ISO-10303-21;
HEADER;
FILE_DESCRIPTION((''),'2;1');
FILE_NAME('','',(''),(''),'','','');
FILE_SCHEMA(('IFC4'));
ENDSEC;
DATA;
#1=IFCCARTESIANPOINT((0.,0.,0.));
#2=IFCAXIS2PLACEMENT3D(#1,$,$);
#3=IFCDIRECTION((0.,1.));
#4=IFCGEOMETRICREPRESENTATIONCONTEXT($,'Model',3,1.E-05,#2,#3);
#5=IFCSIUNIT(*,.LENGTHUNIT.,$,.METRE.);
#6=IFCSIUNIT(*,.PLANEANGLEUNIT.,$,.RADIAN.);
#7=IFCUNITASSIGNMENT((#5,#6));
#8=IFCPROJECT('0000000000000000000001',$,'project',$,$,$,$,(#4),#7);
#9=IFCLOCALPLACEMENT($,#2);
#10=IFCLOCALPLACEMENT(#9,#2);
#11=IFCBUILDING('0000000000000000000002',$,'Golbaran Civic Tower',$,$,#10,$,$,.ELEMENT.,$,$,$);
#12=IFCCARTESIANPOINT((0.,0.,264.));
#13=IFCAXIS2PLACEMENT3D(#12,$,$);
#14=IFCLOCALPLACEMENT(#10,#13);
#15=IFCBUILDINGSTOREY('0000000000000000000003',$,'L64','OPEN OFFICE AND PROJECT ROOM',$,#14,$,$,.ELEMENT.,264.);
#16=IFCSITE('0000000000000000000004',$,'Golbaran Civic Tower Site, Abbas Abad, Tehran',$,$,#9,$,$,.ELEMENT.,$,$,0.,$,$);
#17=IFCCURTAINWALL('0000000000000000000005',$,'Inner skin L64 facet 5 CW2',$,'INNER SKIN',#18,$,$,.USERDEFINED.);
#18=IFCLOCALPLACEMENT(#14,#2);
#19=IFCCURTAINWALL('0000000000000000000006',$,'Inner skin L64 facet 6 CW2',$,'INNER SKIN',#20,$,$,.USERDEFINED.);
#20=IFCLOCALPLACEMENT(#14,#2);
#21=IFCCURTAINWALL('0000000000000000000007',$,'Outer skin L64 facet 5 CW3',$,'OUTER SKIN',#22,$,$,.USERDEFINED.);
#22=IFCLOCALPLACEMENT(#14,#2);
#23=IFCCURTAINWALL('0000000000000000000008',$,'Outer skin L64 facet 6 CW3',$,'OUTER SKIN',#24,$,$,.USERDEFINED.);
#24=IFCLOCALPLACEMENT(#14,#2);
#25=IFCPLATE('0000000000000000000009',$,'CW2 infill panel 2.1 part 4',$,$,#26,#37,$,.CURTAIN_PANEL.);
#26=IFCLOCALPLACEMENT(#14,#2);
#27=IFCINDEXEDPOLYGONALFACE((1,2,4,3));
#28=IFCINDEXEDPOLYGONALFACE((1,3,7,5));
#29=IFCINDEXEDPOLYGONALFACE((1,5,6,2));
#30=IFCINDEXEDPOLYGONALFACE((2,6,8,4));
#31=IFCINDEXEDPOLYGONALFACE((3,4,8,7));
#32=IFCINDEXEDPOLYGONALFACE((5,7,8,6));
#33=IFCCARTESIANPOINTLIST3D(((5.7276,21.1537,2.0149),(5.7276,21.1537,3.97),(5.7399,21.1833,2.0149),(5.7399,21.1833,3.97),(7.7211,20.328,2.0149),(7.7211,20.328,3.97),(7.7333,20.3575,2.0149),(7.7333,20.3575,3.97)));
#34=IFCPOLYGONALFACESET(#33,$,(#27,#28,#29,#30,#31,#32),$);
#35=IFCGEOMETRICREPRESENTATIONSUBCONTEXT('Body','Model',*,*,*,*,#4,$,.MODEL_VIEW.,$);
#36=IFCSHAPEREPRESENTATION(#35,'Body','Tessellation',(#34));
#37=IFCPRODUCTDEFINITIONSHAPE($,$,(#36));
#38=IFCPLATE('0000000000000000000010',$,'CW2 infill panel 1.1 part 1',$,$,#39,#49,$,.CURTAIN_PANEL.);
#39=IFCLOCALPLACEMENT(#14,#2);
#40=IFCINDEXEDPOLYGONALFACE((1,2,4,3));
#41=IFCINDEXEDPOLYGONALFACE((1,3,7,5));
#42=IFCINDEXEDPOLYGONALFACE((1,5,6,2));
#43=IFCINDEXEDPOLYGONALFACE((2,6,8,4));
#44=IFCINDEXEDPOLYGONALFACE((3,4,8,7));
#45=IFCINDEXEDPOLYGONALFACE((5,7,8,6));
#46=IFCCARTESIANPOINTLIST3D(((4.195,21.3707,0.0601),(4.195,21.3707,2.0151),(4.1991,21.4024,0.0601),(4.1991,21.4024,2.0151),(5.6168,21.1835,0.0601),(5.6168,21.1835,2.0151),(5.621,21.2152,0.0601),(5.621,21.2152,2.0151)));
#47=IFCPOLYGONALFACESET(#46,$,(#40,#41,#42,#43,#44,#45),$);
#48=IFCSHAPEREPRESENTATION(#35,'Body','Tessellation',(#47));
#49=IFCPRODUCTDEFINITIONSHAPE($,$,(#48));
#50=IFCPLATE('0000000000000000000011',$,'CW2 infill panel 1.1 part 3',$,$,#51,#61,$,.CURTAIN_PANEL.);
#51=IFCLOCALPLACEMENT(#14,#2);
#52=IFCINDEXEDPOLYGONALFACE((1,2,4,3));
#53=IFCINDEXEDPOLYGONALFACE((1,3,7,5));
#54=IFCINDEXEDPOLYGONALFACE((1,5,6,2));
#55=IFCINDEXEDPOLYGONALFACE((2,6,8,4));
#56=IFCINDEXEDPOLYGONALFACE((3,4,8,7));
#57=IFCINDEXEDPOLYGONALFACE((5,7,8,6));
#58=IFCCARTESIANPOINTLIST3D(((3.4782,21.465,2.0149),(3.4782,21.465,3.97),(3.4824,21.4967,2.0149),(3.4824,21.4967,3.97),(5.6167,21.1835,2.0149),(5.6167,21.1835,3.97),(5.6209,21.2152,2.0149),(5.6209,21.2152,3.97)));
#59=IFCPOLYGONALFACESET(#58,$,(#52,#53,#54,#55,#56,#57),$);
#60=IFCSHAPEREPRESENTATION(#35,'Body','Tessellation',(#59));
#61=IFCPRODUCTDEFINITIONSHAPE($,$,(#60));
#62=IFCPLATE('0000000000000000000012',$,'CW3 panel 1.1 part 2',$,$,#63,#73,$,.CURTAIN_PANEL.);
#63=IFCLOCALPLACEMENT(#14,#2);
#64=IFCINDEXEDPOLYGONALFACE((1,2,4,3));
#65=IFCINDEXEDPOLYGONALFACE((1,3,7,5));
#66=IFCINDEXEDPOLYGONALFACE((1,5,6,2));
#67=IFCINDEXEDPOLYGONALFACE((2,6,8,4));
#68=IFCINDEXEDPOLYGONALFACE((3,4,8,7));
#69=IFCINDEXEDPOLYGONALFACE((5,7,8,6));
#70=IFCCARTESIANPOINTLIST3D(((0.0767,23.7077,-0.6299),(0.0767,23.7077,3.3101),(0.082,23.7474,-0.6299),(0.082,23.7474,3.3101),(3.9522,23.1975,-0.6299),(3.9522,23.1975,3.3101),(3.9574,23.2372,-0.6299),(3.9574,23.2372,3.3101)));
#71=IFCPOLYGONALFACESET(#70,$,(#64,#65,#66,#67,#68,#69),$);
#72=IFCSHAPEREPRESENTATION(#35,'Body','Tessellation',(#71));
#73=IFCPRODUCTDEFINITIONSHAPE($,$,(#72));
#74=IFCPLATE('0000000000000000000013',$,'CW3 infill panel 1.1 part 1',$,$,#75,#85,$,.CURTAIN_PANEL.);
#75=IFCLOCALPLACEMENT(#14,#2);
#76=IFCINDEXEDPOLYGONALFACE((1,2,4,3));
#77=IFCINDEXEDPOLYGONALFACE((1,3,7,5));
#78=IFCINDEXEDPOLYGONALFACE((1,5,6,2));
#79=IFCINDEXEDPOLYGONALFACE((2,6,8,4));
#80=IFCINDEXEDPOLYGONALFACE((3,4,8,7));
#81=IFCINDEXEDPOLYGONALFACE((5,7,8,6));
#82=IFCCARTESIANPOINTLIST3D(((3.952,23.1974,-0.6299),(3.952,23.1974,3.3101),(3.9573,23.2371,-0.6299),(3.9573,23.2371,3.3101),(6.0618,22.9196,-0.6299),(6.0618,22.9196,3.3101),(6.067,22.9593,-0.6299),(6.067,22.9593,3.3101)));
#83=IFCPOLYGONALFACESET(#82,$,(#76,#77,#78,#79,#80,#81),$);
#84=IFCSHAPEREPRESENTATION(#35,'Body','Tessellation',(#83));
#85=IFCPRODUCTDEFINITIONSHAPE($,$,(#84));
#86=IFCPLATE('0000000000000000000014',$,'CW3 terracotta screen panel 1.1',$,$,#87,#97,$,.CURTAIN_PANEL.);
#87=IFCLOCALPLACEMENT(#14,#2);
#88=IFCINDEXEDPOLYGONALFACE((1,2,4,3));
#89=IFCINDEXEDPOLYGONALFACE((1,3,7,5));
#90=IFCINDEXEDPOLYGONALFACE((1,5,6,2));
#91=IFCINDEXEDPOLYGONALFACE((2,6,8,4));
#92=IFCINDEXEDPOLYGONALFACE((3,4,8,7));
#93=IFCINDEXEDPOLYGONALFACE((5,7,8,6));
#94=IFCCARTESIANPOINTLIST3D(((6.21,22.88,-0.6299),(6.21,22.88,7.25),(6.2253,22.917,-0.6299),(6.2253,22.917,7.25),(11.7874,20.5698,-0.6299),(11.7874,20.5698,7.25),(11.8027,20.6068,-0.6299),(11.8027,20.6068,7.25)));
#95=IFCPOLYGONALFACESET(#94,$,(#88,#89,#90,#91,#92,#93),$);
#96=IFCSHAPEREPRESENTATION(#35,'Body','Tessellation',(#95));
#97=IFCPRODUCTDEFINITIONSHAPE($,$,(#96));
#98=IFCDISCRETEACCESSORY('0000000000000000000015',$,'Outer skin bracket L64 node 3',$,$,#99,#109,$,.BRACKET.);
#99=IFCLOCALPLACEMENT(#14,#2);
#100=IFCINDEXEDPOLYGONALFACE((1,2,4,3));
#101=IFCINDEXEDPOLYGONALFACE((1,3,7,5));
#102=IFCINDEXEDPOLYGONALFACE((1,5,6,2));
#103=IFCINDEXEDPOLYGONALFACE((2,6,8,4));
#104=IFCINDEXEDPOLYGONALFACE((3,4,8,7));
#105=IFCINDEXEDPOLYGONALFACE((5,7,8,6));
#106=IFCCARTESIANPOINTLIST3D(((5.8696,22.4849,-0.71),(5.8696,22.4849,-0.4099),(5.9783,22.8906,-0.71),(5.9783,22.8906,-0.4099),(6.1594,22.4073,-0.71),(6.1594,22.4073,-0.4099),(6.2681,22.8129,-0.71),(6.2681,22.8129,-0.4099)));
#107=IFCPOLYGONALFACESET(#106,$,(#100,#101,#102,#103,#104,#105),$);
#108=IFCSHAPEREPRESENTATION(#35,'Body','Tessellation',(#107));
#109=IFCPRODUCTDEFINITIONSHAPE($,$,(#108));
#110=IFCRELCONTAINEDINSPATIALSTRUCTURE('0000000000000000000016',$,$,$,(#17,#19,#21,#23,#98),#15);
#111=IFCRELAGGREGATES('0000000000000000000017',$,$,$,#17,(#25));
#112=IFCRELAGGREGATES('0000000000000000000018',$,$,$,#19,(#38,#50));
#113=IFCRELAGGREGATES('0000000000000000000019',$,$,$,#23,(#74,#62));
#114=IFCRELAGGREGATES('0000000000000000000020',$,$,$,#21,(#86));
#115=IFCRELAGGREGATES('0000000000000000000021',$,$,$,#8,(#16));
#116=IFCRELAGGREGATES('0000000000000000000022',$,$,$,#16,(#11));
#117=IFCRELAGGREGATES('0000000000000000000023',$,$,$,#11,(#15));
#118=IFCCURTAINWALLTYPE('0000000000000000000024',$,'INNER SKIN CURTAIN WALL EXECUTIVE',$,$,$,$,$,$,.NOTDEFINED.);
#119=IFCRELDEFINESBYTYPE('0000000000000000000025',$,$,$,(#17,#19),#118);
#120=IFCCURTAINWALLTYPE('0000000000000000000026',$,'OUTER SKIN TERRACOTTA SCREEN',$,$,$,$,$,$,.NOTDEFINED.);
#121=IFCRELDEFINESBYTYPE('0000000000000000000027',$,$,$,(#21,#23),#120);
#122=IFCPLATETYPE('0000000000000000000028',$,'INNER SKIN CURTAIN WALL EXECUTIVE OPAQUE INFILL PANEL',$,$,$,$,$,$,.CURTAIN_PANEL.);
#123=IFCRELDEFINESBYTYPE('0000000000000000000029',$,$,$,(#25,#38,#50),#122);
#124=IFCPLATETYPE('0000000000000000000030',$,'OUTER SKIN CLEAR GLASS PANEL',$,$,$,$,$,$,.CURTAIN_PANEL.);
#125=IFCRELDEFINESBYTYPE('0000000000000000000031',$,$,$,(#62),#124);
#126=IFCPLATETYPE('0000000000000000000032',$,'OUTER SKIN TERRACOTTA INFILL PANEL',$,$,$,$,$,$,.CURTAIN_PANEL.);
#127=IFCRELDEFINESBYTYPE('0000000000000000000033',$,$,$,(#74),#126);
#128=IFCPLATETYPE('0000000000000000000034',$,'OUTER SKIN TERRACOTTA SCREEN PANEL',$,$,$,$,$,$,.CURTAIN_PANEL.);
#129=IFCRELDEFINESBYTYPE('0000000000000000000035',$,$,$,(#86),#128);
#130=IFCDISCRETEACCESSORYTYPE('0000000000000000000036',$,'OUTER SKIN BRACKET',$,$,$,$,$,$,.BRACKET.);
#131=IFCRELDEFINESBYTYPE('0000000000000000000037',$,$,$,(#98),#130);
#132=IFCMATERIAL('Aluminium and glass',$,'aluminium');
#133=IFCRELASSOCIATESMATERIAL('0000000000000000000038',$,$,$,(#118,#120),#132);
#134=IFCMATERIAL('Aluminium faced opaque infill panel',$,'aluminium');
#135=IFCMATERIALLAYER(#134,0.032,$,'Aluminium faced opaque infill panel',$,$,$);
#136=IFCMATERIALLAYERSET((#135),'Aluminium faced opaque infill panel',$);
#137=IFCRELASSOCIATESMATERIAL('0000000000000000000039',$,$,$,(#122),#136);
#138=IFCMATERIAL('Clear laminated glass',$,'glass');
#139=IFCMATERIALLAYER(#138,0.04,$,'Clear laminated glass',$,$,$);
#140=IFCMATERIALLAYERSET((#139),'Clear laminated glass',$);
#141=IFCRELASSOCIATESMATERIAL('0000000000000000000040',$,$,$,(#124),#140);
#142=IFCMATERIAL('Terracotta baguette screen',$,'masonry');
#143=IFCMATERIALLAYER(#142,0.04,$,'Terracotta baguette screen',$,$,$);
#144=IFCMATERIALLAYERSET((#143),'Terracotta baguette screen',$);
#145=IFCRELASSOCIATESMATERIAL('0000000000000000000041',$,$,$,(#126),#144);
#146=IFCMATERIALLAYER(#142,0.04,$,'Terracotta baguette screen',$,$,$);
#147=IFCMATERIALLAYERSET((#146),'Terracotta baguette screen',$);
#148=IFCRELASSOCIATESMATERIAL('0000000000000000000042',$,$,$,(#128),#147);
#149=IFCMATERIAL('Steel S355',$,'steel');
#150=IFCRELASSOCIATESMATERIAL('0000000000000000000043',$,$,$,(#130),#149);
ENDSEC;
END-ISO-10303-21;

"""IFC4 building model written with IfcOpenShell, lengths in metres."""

from ifc_helpers import new_model, si_unit, direction, frame, origin, origin_2d, place, context, subcontext, project, spatial, rectangle, extrude, material, layer, layer_set, type_object, element, aggregate, save


model = new_model("IFC4")

# Units and contexts
model_context = context("Model", 3, precision=1e-05, world=origin(), true_north=direction((0.0, 1.0)))
body_context = subcontext(model_context, "Body", "Model", "MODEL_VIEW")
ifc_project = project(units=[si_unit("LENGTHUNIT", "METRE"), si_unit("PLANEANGLEUNIT", "RADIAN")], contexts=[model_context])

# Site, building, storey
site_placement = place(None, origin())
site = spatial("IfcSite", under=ifc_project, at=site_placement, Name="Golbaran Civic Tower Site, Abbas Abad, Tehran", CompositionType="ELEMENT", RefElevation=0.0)
building_placement = place(site_placement, origin())
building = spatial("IfcBuilding", under=site, at=building_placement, Name="Golbaran Civic Tower", CompositionType="ELEMENT")
storey_placement = place(building_placement, frame((0.0, 0.0, 264.0)))
storey = spatial("IfcBuildingStorey", under=building, at=storey_placement, Name="L64", Description="OPEN OFFICE AND PROJECT ROOM", CompositionType="ELEMENT", Elevation=264.0)

# Shared definitions
ifc_material_1 = material(Name="Steel S355", Category="steel")

# Curtain wall
ifc_material_2 = material(Name="Aluminium and glass", Category="aluminium")
curtain_wall_type_1 = type_object("IfcCurtainWallType", Name="INNER SKIN CURTAIN WALL EXECUTIVE", PredefinedType="NOTDEFINED", material=ifc_material_2)
curtain_wall_1_placement = place(storey_placement, origin())
curtain_wall_1 = element("IfcCurtainWall", 1, at=curtain_wall_1_placement, inside=storey, type_object=curtain_wall_type_1, Name="Inner skin L64 facet 5 CW2", ObjectType="INNER SKIN", PredefinedType="USERDEFINED")

# Curtain wall
curtain_wall_2_placement = place(storey_placement, origin())
curtain_wall_2 = element("IfcCurtainWall", 2, at=curtain_wall_2_placement, inside=storey, type_object=curtain_wall_type_1, Name="Inner skin L64 facet 6 CW2", ObjectType="INNER SKIN", PredefinedType="USERDEFINED")

# Shared definitions
curtain_wall_type_2 = type_object("IfcCurtainWallType", Name="OUTER SKIN TERRACOTTA SCREEN", PredefinedType="NOTDEFINED", material=ifc_material_2)

# Curtain walls
curtain_wall_3_placement = place(storey_placement, origin())
curtain_wall_3 = element("IfcCurtainWall", 3, at=curtain_wall_3_placement, inside=storey, type_object=curtain_wall_type_2, Name="Outer skin L64 facet 5 CW3", ObjectType="OUTER SKIN", PredefinedType="USERDEFINED")
curtain_wall_4_placement = place(storey_placement, origin())
curtain_wall_4 = element("IfcCurtainWall", 4, at=curtain_wall_4_placement, inside=storey, type_object=curtain_wall_type_2, Name="Outer skin L64 facet 6 CW3", ObjectType="OUTER SKIN", PredefinedType="USERDEFINED")

# Plates
ifc_material_3 = material(Name="Aluminium faced opaque infill panel", Category="aluminium")
ifc_layer_1 = layer(ifc_material_3, 0.032, Name="Aluminium faced opaque infill panel")
ifc_layer_set_1 = layer_set([ifc_layer_1], Name="Aluminium faced opaque infill panel")
plate_type_1 = type_object("IfcPlateType", Name="INNER SKIN CURTAIN WALL EXECUTIVE OPAQUE INFILL PANEL", PredefinedType="CURTAIN_PANEL", material=ifc_layer_set_1)
plate_1_placement = place(storey_placement, frame((6.7305, 20.7556, 2.0149), z_axis=(0.0, 0.0, 1.0), x_axis=(-0.92388, 0.382683, 0.0)))
plate_1 = element("IfcPlate", 5, at=plate_1_placement, type_object=plate_type_1, Name="CW2 infill panel 2.1 part 4", PredefinedType="CURTAIN_PANEL", context=body_context, shape_type="SweptSolid", body=[
    extrude(rectangle(XDim=2.1577, YDim=0.032, at=origin_2d()), origin(), (0.0, 0.0, 1.0), 1.9551),
])
aggregate(curtain_wall_1, [plate_1])
plate_2_placement = place(storey_placement, frame((4.908, 21.293, 0.0601), z_axis=(0.0, 0.0, 1.0), x_axis=(-0.991445, 0.130526, 0.0)))
plate_2 = element("IfcPlate", 6, at=plate_2_placement, type_object=plate_type_1, Name="CW2 infill panel 1.1 part 1", PredefinedType="CURTAIN_PANEL", context=body_context, shape_type="SweptSolid", body=[
    extrude(rectangle(XDim=1.4341, YDim=0.032, at=origin_2d()), origin(), (0.0, 0.0, 1.0), 1.9551),
])
plate_3_placement = place(storey_placement, frame((4.5496, 21.3401, 2.0149), z_axis=(0.0, 0.0, 1.0), x_axis=(-0.991445, 0.130526, 0.0)))
plate_3 = element("IfcPlate", 7, at=plate_3_placement, type_object=plate_type_1, Name="CW2 infill panel 1.1 part 3", PredefinedType="CURTAIN_PANEL", context=body_context, shape_type="SweptSolid", body=[
    extrude(rectangle(XDim=2.157, YDim=0.032, at=origin_2d()), origin(), (0.0, 0.0, 1.0), 1.9551),
])
aggregate(curtain_wall_2, [plate_2, plate_3])
ifc_material_4 = material(Name="Clear laminated glass", Category="glass")
ifc_layer_2 = layer(ifc_material_4, 0.04, Name="Clear laminated glass")
ifc_layer_set_2 = layer_set([ifc_layer_2], Name="Clear laminated glass")
plate_type_2 = type_object("IfcPlateType", Name="OUTER SKIN CLEAR GLASS PANEL", PredefinedType="CURTAIN_PANEL", material=ifc_layer_set_2)
plate_4_placement = place(storey_placement, frame((2.0171, 23.4724, -0.6299), z_axis=(0.0, 0.0, 1.0), x_axis=(-0.991445, 0.130526, 0.0)))
plate_4 = element("IfcPlate", 8, at=plate_4_placement, type_object=plate_type_2, Name="CW3 panel 1.1 part 2", PredefinedType="CURTAIN_PANEL", context=body_context, shape_type="SweptSolid", body=[
    extrude(rectangle(XDim=3.9089, YDim=0.04, at=origin_2d()), origin(), (0.0, 0.0, 1.0), 3.9399),
])
ifc_material_5 = material(Name="Terracotta baguette screen", Category="masonry")
ifc_layer_3 = layer(ifc_material_5, 0.04, Name="Terracotta baguette screen")
ifc_layer_set_3 = layer_set([ifc_layer_3], Name="Terracotta baguette screen")
plate_type_3 = type_object("IfcPlateType", Name="OUTER SKIN TERRACOTTA INFILL PANEL", PredefinedType="CURTAIN_PANEL", material=ifc_layer_set_3)
plate_5_placement = place(storey_placement, frame((5.0095, 23.0784, -0.6299), z_axis=(0.0, 0.0, 1.0), x_axis=(-0.991445, 0.130526, 0.0)))
plate_5 = element("IfcPlate", 9, at=plate_5_placement, type_object=plate_type_3, Name="CW3 infill panel 1.1 part 1", PredefinedType="CURTAIN_PANEL", context=body_context, shape_type="SweptSolid", body=[
    extrude(rectangle(XDim=2.1279, YDim=0.04, at=origin_2d()), origin(), (0.0, 0.0, 1.0), 3.9399),
])
aggregate(curtain_wall_4, [plate_5, plate_4])
ifc_layer_4 = layer(ifc_material_5, 0.04, Name="Terracotta baguette screen")
ifc_layer_set_4 = layer_set([ifc_layer_4], Name="Terracotta baguette screen")
plate_type_4 = type_object("IfcPlateType", Name="OUTER SKIN TERRACOTTA SCREEN PANEL", PredefinedType="CURTAIN_PANEL", material=ifc_layer_set_4)
plate_6_placement = place(storey_placement, frame((9.0063, 21.7434, -0.6299), z_axis=(0.0, 0.0, 1.0), x_axis=(-0.92388, 0.382683, 0.0)))
plate_6 = element("IfcPlate", 10, at=plate_6_placement, type_object=plate_type_4, Name="CW3 terracotta screen panel 1.1", PredefinedType="CURTAIN_PANEL", context=body_context, shape_type="SweptSolid", body=[
    extrude(rectangle(XDim=6.0369, YDim=0.04, at=origin_2d()), origin(), (0.0, 0.0, 1.0), 7.8799),
])
aggregate(curtain_wall_3, [plate_6])

# Discrete accessory
discrete_accessory_type = type_object("IfcDiscreteAccessoryType", Name="OUTER SKIN BRACKET", PredefinedType="BRACKET", material=ifc_material_1)
discrete_accessory_placement = place(storey_placement, frame((6.0688, 22.6489, -0.71), z_axis=(0.0, 0.0, 1.0), x_axis=(0.258819, 0.965926, 0.0)))
element("IfcDiscreteAccessory", 11, at=discrete_accessory_placement, inside=storey, type_object=discrete_accessory_type, Name="Outer skin bracket L64 node 3", PredefinedType="BRACKET", context=body_context, shape_type="SweptSolid", body=[
    extrude(rectangle(XDim=0.4199, YDim=0.3, at=origin_2d()), origin(), (0.0, 0.0, 1.0), 0.3),
])

save(model, "model.ifc")
